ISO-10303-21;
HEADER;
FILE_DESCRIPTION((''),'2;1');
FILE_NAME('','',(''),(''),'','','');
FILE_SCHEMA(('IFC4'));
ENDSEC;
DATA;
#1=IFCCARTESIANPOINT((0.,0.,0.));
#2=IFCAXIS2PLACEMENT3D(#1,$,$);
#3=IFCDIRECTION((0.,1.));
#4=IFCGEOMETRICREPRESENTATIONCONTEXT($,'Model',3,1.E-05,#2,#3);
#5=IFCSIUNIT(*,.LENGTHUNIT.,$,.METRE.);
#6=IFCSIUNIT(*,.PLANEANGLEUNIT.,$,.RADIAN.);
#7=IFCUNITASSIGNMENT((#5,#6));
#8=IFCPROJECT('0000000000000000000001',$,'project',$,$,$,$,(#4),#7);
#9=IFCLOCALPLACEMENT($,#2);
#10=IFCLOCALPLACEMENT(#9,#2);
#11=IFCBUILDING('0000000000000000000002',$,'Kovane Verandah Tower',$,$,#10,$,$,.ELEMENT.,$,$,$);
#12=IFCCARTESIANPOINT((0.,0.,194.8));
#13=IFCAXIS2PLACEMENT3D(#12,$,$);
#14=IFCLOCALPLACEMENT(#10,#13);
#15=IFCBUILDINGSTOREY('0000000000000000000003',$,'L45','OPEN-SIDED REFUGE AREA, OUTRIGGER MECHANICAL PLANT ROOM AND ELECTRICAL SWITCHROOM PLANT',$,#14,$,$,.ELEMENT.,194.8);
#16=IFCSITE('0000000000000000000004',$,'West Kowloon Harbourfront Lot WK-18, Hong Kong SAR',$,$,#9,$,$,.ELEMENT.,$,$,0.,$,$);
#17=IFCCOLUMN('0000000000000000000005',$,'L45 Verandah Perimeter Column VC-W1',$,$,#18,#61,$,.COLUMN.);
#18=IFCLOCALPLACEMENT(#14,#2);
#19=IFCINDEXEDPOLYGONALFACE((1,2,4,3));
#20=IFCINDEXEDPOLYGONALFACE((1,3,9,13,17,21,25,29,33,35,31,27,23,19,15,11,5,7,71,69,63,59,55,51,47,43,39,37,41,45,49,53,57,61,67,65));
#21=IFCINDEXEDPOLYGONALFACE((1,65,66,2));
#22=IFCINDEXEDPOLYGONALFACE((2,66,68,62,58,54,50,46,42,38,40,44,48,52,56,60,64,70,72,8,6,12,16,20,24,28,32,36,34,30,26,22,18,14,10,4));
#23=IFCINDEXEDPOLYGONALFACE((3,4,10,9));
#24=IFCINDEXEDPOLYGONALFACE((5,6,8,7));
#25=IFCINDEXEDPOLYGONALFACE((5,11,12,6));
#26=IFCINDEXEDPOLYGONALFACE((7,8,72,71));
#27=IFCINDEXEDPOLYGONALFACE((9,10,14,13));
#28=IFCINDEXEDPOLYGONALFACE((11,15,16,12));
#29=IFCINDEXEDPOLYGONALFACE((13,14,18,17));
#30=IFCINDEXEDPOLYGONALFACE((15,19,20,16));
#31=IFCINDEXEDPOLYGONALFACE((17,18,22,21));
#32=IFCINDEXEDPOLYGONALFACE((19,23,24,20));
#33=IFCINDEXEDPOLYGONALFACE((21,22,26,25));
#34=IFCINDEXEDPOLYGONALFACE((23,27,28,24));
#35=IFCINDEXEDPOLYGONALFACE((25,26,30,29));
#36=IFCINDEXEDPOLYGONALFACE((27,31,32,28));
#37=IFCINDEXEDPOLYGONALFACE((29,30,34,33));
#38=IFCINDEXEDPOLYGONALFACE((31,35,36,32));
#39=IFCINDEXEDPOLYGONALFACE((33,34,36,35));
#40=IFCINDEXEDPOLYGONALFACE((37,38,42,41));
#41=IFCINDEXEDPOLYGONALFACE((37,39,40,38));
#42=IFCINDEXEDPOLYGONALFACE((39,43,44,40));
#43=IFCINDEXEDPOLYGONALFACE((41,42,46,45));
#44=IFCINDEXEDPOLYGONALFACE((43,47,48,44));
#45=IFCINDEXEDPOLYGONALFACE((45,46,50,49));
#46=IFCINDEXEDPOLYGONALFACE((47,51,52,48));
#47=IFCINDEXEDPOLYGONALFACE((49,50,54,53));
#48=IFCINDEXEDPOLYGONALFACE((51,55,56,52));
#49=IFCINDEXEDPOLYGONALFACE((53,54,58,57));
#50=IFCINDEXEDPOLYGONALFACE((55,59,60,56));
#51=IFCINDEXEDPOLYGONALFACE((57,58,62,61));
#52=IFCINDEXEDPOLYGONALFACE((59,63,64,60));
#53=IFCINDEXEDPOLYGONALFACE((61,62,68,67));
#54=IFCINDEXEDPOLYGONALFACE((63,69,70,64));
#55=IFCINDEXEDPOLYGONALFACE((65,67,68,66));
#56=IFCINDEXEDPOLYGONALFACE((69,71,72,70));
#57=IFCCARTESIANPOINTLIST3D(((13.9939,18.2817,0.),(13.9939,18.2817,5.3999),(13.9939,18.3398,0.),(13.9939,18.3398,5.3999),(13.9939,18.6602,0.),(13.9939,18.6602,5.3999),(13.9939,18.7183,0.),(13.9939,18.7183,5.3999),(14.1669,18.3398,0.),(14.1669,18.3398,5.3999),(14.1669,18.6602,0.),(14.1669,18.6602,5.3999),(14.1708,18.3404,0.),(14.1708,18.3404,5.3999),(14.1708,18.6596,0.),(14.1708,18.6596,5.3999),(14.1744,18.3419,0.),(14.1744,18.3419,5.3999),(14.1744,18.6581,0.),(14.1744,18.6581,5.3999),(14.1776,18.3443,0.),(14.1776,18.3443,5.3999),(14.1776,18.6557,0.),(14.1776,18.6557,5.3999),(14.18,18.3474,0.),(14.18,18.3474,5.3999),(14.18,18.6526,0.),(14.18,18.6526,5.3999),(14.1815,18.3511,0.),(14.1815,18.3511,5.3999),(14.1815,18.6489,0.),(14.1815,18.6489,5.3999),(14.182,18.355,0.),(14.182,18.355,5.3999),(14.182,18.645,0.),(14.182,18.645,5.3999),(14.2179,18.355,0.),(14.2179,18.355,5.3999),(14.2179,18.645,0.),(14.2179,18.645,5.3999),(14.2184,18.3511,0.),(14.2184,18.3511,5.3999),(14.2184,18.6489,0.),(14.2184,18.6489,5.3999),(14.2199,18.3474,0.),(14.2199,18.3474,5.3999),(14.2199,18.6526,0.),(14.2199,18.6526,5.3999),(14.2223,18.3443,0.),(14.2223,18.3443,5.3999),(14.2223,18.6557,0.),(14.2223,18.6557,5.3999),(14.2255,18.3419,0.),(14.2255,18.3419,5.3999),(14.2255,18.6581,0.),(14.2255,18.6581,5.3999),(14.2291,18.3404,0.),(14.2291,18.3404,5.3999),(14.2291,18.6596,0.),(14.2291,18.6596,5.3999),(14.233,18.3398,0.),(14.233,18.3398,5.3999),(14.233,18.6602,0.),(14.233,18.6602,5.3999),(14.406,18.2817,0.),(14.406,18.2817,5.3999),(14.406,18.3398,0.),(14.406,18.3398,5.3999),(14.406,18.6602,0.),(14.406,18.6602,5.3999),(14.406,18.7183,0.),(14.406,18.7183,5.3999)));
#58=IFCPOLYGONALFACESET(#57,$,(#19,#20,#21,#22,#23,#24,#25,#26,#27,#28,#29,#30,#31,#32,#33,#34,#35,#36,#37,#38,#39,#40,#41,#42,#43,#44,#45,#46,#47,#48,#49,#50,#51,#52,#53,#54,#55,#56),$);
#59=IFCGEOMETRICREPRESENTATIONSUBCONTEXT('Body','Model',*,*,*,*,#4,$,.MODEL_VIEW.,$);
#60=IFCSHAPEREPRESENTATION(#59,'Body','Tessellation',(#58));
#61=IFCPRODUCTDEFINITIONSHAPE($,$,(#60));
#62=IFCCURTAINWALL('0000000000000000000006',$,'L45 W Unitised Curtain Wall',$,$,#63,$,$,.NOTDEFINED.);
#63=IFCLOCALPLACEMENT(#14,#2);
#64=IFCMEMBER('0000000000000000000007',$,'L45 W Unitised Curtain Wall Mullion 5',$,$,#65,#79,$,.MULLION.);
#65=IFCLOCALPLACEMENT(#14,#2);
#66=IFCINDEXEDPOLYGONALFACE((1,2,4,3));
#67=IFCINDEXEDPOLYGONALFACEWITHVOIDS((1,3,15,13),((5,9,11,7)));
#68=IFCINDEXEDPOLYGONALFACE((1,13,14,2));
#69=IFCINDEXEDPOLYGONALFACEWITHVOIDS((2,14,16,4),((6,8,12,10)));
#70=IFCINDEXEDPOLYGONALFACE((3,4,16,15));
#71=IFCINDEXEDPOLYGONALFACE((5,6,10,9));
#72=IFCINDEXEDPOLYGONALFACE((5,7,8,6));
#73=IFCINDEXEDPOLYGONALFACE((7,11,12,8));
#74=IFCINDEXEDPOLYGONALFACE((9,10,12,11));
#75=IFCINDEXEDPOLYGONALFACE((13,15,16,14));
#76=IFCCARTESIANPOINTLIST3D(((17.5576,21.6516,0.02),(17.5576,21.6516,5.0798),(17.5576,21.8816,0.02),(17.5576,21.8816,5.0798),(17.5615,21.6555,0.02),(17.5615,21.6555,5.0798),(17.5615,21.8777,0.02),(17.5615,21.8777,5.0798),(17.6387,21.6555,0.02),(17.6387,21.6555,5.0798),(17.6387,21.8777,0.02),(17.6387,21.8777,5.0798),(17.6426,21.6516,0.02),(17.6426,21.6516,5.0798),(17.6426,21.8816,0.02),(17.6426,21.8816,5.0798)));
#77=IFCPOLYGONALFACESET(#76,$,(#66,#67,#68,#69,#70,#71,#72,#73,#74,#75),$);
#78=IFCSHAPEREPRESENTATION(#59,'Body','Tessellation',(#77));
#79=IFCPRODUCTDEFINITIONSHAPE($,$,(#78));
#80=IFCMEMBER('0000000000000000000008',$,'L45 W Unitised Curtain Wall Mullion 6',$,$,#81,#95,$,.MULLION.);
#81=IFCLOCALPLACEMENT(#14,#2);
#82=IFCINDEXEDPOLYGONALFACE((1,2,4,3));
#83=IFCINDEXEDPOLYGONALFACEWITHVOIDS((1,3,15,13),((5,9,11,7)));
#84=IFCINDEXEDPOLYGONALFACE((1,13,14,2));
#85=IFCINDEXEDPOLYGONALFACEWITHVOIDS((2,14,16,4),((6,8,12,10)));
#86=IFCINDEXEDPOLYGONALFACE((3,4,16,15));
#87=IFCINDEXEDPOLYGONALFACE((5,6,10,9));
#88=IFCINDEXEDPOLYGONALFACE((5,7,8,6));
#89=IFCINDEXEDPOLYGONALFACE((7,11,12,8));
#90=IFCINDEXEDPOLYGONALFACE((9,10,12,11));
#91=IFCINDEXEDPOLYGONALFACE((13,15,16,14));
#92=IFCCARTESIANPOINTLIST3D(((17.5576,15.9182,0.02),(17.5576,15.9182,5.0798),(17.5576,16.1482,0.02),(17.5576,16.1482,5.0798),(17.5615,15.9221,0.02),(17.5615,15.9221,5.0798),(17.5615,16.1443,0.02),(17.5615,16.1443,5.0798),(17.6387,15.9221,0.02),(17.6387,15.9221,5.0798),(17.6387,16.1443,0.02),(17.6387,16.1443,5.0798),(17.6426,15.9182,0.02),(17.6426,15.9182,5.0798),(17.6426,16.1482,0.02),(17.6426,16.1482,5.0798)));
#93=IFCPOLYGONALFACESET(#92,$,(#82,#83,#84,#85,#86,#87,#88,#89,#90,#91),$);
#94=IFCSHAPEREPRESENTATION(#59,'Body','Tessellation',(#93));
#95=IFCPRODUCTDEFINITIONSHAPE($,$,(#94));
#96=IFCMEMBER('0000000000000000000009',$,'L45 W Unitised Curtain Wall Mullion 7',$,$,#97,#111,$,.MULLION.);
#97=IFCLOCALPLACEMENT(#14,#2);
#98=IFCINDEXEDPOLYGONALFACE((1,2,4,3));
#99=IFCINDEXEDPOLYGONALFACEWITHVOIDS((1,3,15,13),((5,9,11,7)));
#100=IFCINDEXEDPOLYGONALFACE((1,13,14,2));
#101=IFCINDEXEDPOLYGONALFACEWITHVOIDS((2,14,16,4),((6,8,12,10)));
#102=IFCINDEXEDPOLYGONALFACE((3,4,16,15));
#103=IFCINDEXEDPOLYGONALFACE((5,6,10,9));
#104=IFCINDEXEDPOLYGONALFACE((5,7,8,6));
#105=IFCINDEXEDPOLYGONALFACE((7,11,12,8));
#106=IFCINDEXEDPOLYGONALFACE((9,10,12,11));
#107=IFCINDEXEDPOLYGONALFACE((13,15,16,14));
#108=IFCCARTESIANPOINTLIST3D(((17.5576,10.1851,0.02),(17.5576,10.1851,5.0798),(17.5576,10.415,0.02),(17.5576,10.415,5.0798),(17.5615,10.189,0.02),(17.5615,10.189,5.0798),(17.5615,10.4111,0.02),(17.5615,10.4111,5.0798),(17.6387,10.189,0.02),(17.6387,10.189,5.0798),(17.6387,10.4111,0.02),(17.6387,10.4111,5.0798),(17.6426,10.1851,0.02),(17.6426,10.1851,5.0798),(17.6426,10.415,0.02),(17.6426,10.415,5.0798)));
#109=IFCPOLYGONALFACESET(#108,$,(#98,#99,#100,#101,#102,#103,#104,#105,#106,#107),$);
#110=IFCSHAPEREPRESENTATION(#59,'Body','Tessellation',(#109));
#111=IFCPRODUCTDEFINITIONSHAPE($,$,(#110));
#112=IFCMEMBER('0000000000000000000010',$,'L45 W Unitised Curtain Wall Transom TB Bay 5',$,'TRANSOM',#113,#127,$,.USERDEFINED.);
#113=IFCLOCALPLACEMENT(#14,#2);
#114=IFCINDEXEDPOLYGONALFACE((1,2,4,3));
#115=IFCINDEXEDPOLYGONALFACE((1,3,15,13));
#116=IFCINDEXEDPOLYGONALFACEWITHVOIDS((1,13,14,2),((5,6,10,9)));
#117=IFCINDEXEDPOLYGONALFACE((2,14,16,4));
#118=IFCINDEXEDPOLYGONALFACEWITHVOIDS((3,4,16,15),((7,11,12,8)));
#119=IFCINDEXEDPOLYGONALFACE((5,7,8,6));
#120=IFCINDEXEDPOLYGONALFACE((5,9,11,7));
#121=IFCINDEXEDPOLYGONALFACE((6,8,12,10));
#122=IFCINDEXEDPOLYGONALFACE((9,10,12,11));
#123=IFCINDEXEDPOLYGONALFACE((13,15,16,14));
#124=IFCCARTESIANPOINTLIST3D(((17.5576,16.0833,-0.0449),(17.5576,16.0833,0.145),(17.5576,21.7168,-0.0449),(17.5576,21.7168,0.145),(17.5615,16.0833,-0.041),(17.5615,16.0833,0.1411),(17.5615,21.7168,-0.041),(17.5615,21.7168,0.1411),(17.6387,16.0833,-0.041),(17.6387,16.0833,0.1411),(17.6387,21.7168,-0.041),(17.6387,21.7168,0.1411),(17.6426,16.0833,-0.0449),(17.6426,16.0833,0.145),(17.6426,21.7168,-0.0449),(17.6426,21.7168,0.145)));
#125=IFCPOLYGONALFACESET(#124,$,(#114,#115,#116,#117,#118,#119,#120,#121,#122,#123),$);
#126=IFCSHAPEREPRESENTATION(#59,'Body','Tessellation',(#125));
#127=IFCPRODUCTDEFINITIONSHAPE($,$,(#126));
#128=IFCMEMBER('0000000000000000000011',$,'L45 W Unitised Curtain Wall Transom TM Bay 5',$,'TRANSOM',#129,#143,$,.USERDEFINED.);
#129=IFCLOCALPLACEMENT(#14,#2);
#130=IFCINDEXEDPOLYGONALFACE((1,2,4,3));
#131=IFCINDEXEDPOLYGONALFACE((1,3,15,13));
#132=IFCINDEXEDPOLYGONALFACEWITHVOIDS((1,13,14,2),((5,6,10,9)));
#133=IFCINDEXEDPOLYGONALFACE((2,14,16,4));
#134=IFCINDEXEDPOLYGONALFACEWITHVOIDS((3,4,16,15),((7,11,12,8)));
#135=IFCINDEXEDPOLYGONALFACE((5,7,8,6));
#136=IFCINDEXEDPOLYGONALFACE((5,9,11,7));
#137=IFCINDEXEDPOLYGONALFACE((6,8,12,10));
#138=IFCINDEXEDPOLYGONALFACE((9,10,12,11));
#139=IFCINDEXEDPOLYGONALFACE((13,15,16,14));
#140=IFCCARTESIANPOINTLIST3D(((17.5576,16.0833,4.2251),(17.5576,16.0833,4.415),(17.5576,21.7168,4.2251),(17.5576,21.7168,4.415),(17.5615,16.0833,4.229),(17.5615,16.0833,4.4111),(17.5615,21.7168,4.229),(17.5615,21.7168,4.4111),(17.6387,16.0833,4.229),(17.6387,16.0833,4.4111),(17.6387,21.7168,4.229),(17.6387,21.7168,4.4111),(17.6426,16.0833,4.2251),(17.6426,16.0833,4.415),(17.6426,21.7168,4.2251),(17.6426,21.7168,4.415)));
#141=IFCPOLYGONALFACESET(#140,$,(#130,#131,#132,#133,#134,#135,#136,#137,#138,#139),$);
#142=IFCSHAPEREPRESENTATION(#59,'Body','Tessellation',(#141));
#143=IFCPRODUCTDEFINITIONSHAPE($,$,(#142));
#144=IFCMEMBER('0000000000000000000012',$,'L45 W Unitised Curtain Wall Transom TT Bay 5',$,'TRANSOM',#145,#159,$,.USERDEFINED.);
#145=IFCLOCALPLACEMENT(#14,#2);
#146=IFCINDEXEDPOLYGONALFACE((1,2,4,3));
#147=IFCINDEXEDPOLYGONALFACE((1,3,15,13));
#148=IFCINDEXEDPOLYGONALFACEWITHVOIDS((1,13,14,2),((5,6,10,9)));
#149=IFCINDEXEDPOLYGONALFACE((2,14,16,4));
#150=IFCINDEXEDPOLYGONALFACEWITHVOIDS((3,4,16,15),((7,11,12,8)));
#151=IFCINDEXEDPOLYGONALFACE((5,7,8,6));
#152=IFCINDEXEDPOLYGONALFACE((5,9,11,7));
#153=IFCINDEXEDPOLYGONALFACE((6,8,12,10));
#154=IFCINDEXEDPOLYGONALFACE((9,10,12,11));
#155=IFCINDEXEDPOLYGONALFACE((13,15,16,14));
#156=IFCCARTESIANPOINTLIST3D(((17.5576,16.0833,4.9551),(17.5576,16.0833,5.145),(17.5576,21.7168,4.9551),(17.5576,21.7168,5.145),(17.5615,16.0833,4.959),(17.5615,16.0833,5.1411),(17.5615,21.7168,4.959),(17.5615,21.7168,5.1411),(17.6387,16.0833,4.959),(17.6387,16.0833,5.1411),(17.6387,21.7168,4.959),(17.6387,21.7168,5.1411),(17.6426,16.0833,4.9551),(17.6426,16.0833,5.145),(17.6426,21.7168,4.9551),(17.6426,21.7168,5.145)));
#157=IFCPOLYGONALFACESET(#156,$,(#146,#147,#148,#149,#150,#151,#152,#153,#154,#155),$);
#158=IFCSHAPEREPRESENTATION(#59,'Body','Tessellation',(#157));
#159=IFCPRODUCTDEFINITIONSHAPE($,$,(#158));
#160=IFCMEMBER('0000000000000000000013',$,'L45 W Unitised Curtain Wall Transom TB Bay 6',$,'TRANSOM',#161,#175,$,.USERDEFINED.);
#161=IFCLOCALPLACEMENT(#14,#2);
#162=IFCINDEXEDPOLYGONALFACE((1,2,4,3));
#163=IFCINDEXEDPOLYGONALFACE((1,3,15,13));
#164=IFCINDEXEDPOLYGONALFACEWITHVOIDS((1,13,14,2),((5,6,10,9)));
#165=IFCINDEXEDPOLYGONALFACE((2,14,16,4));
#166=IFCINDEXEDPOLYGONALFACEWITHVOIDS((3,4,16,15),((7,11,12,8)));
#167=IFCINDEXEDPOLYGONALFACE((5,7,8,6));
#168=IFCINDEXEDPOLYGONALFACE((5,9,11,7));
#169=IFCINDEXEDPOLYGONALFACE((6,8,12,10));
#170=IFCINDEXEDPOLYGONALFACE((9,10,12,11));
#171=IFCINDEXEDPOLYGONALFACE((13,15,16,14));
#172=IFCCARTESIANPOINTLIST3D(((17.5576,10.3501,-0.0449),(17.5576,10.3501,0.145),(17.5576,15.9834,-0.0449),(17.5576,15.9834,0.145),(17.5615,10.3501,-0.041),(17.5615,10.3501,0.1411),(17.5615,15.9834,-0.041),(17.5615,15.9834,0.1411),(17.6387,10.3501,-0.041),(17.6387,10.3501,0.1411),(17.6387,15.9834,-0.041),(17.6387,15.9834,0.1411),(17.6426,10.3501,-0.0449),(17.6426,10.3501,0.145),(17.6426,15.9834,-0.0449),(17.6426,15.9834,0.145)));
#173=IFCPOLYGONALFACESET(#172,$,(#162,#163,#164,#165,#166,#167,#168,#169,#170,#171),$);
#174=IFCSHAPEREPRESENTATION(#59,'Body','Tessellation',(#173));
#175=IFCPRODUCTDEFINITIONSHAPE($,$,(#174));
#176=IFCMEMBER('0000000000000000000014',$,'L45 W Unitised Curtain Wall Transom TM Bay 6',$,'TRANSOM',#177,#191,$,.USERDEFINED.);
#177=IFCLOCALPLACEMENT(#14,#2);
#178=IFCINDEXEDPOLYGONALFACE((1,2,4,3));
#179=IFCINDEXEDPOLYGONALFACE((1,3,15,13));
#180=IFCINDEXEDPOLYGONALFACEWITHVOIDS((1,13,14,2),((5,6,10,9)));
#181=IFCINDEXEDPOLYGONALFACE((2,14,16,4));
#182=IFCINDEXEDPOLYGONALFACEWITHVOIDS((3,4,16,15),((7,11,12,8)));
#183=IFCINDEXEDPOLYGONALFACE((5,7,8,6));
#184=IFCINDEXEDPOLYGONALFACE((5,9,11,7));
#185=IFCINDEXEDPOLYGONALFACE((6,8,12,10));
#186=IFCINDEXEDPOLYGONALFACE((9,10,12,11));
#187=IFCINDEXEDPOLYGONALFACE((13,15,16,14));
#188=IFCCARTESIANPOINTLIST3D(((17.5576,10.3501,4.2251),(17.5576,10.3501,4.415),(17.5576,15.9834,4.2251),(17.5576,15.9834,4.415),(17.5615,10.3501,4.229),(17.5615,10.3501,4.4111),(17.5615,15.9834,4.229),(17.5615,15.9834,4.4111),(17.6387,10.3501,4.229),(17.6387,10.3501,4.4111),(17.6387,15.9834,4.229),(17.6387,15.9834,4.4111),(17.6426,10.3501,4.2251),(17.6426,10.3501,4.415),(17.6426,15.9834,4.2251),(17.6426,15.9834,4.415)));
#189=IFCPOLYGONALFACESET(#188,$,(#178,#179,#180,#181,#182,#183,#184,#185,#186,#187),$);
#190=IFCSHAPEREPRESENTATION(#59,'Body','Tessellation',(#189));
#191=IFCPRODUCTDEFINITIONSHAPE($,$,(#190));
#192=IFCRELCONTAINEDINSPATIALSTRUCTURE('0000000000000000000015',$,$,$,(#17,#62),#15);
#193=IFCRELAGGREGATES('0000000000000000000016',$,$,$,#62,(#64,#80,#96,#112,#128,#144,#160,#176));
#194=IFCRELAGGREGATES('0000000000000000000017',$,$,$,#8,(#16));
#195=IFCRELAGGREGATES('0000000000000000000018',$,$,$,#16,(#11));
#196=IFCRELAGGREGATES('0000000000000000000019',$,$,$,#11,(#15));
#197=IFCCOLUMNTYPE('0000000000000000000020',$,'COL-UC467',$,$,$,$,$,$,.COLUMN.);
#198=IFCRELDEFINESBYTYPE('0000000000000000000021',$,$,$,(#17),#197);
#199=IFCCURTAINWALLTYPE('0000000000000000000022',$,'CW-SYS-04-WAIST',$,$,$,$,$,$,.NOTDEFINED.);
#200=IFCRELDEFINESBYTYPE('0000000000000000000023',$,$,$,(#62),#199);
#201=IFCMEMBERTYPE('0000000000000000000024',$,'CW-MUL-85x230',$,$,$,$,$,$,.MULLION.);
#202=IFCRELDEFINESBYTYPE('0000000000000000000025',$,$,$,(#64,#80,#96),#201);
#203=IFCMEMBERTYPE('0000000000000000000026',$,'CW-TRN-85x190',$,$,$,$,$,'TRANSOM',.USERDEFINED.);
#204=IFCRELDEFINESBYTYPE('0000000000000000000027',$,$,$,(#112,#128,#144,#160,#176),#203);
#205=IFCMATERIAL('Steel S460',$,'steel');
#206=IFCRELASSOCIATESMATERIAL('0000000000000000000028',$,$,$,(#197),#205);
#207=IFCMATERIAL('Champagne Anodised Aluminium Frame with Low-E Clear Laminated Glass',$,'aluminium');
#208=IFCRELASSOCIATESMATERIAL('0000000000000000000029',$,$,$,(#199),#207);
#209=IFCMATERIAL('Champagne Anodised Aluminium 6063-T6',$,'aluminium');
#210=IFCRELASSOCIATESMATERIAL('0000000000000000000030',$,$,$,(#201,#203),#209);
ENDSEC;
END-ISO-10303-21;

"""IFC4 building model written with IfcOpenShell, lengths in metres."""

from ifc_helpers import new_model, si_unit, direction, frame, origin, origin_2d, place, context, subcontext, project, spatial, hollow_rectangle, i_section, extrude, material, material_profile, profile_set, type_object, element, aggregate, save


model = new_model("IFC4")

# Units and contexts
model_context = context("Model", 3, precision=1e-05, world=origin(), true_north=direction((0.0, 1.0)))
body_context = subcontext(model_context, "Body", "Model", "MODEL_VIEW")
ifc_project = project(units=[si_unit("LENGTHUNIT", "METRE"), si_unit("PLANEANGLEUNIT", "RADIAN")], contexts=[model_context])

# Site, building, storey
site_placement = place(None, origin())
site = spatial("IfcSite", under=ifc_project, at=site_placement, Name="West Kowloon Harbourfront Lot WK-18, Hong Kong SAR", CompositionType="ELEMENT", RefElevation=0.0)
building_placement = place(site_placement, origin())
building = spatial("IfcBuilding", under=site, at=building_placement, Name="Kovane Verandah Tower", CompositionType="ELEMENT")
storey_placement = place(building_placement, frame((0.0, 0.0, 194.8)))
storey = spatial("IfcBuildingStorey", under=building, at=storey_placement, Name="L45", Description="OPEN-SIDED REFUGE AREA, OUTRIGGER MECHANICAL PLANT ROOM AND ELECTRICAL SWITCHROOM PLANT", CompositionType="ELEMENT", Elevation=194.8)

# Column
ifc_material_1 = material(Name="Steel S460", Category="steel")
ifc_material_profile_1 = material_profile(ifc_material_1, i_section(OverallWidth=0.4121, OverallDepth=0.4365, WebThickness=0.0359, FlangeThickness=0.0581, FilletRadius=0.0151, at=origin_2d()), Name="UC356x406x467")
ifc_profile_set_1 = profile_set([ifc_material_profile_1], Name="Steel S460")
column_type = type_object("IfcColumnType", Name="COL-UC467", PredefinedType="COLUMN", material=ifc_profile_set_1)
column_placement = place(storey_placement, frame((14.2, 18.5, 0.0), z_axis=(0.0, 0.0, 1.0), x_axis=(1.0, 0.0, 0.0)))
element("IfcColumn", 1, at=column_placement, inside=storey, type_object=column_type, Name="L45 Verandah Perimeter Column VC-W1", PredefinedType="COLUMN", context=body_context, shape_type="SweptSolid", body=[
    extrude(i_section(OverallWidth=0.4121, OverallDepth=0.4365, WebThickness=0.0359, FlangeThickness=0.0581, FilletRadius=0.0151, at=origin_2d()), origin(), (0.0, 0.0, 1.0), 5.3999),
])

# Curtain wall, members
ifc_material_2 = material(Name="Champagne Anodised Aluminium Frame with Low-E Clear Laminated Glass", Category="aluminium")
curtain_wall_type = type_object("IfcCurtainWallType", Name="CW-SYS-04-WAIST", PredefinedType="NOTDEFINED", material=ifc_material_2)
curtain_wall_placement = place(storey_placement, origin())
curtain_wall = element("IfcCurtainWall", 2, at=curtain_wall_placement, inside=storey, type_object=curtain_wall_type, Name="L45 W Unitised Curtain Wall", PredefinedType="NOTDEFINED")
ifc_material_3 = material(Name="Champagne Anodised Aluminium 6063-T6", Category="aluminium")
ifc_material_profile_2 = material_profile(ifc_material_3, hollow_rectangle(XDim=0.085, YDim=0.23, WallThickness=0.0039, at=origin_2d()), Name="AL85x230x4")
ifc_profile_set_2 = profile_set([ifc_material_profile_2], Name="Champagne Anodised Aluminium 6063-T6")
member_type_1 = type_object("IfcMemberType", Name="CW-MUL-85x230", PredefinedType="MULLION", material=ifc_profile_set_2)
member_1_placement = place(storey_placement, frame((17.6001, 21.7666, 0.02), z_axis=(0.0, 0.0, 1.0), x_axis=(-1.0, 0.0, 0.0)))
member_1 = element("IfcMember", 3, at=member_1_placement, type_object=member_type_1, Name="L45 W Unitised Curtain Wall Mullion 5", PredefinedType="MULLION", context=body_context, shape_type="SweptSolid", body=[
    extrude(hollow_rectangle(XDim=0.085, YDim=0.23, WallThickness=0.0039, at=origin_2d()), origin(), (0.0, 0.0, 1.0), 5.0598),
])
member_2_placement = place(storey_placement, frame((17.6001, 16.0332, 0.02), z_axis=(0.0, 0.0, 1.0), x_axis=(-1.0, 0.0, 0.0)))
member_2 = element("IfcMember", 4, at=member_2_placement, type_object=member_type_1, Name="L45 W Unitised Curtain Wall Mullion 6", PredefinedType="MULLION", context=body_context, shape_type="SweptSolid", body=[
    extrude(hollow_rectangle(XDim=0.085, YDim=0.23, WallThickness=0.0039, at=origin_2d()), origin(), (0.0, 0.0, 1.0), 5.0598),
])
member_3_placement = place(storey_placement, frame((17.6001, 10.3, 0.02), z_axis=(0.0, 0.0, 1.0), x_axis=(-1.0, 0.0, 0.0)))
member_3 = element("IfcMember", 5, at=member_3_placement, type_object=member_type_1, Name="L45 W Unitised Curtain Wall Mullion 7", PredefinedType="MULLION", context=body_context, shape_type="SweptSolid", body=[
    extrude(hollow_rectangle(XDim=0.085, YDim=0.23, WallThickness=0.0039, at=origin_2d()), origin(), (0.0, 0.0, 1.0), 5.0598),
])
ifc_material_profile_3 = material_profile(ifc_material_3, hollow_rectangle(XDim=0.085, YDim=0.1899, WallThickness=0.0039, at=origin_2d()), Name="AL85x190x4")
ifc_profile_set_3 = profile_set([ifc_material_profile_3], Name="Champagne Anodised Aluminium 6063-T6")
member_type_2 = type_object("IfcMemberType", Name="CW-TRN-85x190", ElementType="TRANSOM", PredefinedType="USERDEFINED", material=ifc_profile_set_3)
member_4_placement = place(storey_placement, frame((17.6001, 21.7168, 0.05), z_axis=(0.0, -1.0, 0.0), x_axis=(1.0, 0.0, 0.0)))
member_4 = element("IfcMember", 6, at=member_4_placement, type_object=member_type_2, Name="L45 W Unitised Curtain Wall Transom TB Bay 5", ObjectType="TRANSOM", PredefinedType="USERDEFINED", context=body_context, shape_type="SweptSolid", body=[
    extrude(hollow_rectangle(XDim=0.085, YDim=0.1899, WallThickness=0.0039, at=origin_2d()), origin(), (0.0, 0.0, 1.0), 5.6335),
])
member_5_placement = place(storey_placement, frame((17.6001, 21.7168, 4.3201), z_axis=(0.0, -1.0, 0.0), x_axis=(1.0, 0.0, 0.0)))
member_5 = element("IfcMember", 7, at=member_5_placement, type_object=member_type_2, Name="L45 W Unitised Curtain Wall Transom TM Bay 5", ObjectType="TRANSOM", PredefinedType="USERDEFINED", context=body_context, shape_type="SweptSolid", body=[
    extrude(hollow_rectangle(XDim=0.085, YDim=0.1899, WallThickness=0.0039, at=origin_2d()), origin(), (0.0, 0.0, 1.0), 5.6335),
])
member_6_placement = place(storey_placement, frame((17.6001, 21.7168, 5.05), z_axis=(0.0, -1.0, 0.0), x_axis=(1.0, 0.0, 0.0)))
member_6 = element("IfcMember", 8, at=member_6_placement, type_object=member_type_2, Name="L45 W Unitised Curtain Wall Transom TT Bay 5", ObjectType="TRANSOM", PredefinedType="USERDEFINED", context=body_context, shape_type="SweptSolid", body=[
    extrude(hollow_rectangle(XDim=0.085, YDim=0.1899, WallThickness=0.0039, at=origin_2d()), origin(), (0.0, 0.0, 1.0), 5.6335),
])
member_7_placement = place(storey_placement, frame((17.6001, 15.9834, 0.05), z_axis=(0.0, -1.0, 0.0), x_axis=(1.0, 0.0, 0.0)))
member_7 = element("IfcMember", 9, at=member_7_placement, type_object=member_type_2, Name="L45 W Unitised Curtain Wall Transom TB Bay 6", ObjectType="TRANSOM", PredefinedType="USERDEFINED", context=body_context, shape_type="SweptSolid", body=[
    extrude(hollow_rectangle(XDim=0.085, YDim=0.1899, WallThickness=0.0039, at=origin_2d()), origin(), (0.0, 0.0, 1.0), 5.6333),
])
member_8_placement = place(storey_placement, frame((17.6001, 15.9834, 4.3201), z_axis=(0.0, -1.0, 0.0), x_axis=(1.0, 0.0, 0.0)))
member_8 = element("IfcMember", 10, at=member_8_placement, type_object=member_type_2, Name="L45 W Unitised Curtain Wall Transom TM Bay 6", ObjectType="TRANSOM", PredefinedType="USERDEFINED", context=body_context, shape_type="SweptSolid", body=[
    extrude(hollow_rectangle(XDim=0.085, YDim=0.1899, WallThickness=0.0039, at=origin_2d()), origin(), (0.0, 0.0, 1.0), 5.6333),
])

aggregate(curtain_wall, [member_1, member_2, member_3, member_4, member_5, member_6, member_7, member_8])

save(model, "model.ifc")
